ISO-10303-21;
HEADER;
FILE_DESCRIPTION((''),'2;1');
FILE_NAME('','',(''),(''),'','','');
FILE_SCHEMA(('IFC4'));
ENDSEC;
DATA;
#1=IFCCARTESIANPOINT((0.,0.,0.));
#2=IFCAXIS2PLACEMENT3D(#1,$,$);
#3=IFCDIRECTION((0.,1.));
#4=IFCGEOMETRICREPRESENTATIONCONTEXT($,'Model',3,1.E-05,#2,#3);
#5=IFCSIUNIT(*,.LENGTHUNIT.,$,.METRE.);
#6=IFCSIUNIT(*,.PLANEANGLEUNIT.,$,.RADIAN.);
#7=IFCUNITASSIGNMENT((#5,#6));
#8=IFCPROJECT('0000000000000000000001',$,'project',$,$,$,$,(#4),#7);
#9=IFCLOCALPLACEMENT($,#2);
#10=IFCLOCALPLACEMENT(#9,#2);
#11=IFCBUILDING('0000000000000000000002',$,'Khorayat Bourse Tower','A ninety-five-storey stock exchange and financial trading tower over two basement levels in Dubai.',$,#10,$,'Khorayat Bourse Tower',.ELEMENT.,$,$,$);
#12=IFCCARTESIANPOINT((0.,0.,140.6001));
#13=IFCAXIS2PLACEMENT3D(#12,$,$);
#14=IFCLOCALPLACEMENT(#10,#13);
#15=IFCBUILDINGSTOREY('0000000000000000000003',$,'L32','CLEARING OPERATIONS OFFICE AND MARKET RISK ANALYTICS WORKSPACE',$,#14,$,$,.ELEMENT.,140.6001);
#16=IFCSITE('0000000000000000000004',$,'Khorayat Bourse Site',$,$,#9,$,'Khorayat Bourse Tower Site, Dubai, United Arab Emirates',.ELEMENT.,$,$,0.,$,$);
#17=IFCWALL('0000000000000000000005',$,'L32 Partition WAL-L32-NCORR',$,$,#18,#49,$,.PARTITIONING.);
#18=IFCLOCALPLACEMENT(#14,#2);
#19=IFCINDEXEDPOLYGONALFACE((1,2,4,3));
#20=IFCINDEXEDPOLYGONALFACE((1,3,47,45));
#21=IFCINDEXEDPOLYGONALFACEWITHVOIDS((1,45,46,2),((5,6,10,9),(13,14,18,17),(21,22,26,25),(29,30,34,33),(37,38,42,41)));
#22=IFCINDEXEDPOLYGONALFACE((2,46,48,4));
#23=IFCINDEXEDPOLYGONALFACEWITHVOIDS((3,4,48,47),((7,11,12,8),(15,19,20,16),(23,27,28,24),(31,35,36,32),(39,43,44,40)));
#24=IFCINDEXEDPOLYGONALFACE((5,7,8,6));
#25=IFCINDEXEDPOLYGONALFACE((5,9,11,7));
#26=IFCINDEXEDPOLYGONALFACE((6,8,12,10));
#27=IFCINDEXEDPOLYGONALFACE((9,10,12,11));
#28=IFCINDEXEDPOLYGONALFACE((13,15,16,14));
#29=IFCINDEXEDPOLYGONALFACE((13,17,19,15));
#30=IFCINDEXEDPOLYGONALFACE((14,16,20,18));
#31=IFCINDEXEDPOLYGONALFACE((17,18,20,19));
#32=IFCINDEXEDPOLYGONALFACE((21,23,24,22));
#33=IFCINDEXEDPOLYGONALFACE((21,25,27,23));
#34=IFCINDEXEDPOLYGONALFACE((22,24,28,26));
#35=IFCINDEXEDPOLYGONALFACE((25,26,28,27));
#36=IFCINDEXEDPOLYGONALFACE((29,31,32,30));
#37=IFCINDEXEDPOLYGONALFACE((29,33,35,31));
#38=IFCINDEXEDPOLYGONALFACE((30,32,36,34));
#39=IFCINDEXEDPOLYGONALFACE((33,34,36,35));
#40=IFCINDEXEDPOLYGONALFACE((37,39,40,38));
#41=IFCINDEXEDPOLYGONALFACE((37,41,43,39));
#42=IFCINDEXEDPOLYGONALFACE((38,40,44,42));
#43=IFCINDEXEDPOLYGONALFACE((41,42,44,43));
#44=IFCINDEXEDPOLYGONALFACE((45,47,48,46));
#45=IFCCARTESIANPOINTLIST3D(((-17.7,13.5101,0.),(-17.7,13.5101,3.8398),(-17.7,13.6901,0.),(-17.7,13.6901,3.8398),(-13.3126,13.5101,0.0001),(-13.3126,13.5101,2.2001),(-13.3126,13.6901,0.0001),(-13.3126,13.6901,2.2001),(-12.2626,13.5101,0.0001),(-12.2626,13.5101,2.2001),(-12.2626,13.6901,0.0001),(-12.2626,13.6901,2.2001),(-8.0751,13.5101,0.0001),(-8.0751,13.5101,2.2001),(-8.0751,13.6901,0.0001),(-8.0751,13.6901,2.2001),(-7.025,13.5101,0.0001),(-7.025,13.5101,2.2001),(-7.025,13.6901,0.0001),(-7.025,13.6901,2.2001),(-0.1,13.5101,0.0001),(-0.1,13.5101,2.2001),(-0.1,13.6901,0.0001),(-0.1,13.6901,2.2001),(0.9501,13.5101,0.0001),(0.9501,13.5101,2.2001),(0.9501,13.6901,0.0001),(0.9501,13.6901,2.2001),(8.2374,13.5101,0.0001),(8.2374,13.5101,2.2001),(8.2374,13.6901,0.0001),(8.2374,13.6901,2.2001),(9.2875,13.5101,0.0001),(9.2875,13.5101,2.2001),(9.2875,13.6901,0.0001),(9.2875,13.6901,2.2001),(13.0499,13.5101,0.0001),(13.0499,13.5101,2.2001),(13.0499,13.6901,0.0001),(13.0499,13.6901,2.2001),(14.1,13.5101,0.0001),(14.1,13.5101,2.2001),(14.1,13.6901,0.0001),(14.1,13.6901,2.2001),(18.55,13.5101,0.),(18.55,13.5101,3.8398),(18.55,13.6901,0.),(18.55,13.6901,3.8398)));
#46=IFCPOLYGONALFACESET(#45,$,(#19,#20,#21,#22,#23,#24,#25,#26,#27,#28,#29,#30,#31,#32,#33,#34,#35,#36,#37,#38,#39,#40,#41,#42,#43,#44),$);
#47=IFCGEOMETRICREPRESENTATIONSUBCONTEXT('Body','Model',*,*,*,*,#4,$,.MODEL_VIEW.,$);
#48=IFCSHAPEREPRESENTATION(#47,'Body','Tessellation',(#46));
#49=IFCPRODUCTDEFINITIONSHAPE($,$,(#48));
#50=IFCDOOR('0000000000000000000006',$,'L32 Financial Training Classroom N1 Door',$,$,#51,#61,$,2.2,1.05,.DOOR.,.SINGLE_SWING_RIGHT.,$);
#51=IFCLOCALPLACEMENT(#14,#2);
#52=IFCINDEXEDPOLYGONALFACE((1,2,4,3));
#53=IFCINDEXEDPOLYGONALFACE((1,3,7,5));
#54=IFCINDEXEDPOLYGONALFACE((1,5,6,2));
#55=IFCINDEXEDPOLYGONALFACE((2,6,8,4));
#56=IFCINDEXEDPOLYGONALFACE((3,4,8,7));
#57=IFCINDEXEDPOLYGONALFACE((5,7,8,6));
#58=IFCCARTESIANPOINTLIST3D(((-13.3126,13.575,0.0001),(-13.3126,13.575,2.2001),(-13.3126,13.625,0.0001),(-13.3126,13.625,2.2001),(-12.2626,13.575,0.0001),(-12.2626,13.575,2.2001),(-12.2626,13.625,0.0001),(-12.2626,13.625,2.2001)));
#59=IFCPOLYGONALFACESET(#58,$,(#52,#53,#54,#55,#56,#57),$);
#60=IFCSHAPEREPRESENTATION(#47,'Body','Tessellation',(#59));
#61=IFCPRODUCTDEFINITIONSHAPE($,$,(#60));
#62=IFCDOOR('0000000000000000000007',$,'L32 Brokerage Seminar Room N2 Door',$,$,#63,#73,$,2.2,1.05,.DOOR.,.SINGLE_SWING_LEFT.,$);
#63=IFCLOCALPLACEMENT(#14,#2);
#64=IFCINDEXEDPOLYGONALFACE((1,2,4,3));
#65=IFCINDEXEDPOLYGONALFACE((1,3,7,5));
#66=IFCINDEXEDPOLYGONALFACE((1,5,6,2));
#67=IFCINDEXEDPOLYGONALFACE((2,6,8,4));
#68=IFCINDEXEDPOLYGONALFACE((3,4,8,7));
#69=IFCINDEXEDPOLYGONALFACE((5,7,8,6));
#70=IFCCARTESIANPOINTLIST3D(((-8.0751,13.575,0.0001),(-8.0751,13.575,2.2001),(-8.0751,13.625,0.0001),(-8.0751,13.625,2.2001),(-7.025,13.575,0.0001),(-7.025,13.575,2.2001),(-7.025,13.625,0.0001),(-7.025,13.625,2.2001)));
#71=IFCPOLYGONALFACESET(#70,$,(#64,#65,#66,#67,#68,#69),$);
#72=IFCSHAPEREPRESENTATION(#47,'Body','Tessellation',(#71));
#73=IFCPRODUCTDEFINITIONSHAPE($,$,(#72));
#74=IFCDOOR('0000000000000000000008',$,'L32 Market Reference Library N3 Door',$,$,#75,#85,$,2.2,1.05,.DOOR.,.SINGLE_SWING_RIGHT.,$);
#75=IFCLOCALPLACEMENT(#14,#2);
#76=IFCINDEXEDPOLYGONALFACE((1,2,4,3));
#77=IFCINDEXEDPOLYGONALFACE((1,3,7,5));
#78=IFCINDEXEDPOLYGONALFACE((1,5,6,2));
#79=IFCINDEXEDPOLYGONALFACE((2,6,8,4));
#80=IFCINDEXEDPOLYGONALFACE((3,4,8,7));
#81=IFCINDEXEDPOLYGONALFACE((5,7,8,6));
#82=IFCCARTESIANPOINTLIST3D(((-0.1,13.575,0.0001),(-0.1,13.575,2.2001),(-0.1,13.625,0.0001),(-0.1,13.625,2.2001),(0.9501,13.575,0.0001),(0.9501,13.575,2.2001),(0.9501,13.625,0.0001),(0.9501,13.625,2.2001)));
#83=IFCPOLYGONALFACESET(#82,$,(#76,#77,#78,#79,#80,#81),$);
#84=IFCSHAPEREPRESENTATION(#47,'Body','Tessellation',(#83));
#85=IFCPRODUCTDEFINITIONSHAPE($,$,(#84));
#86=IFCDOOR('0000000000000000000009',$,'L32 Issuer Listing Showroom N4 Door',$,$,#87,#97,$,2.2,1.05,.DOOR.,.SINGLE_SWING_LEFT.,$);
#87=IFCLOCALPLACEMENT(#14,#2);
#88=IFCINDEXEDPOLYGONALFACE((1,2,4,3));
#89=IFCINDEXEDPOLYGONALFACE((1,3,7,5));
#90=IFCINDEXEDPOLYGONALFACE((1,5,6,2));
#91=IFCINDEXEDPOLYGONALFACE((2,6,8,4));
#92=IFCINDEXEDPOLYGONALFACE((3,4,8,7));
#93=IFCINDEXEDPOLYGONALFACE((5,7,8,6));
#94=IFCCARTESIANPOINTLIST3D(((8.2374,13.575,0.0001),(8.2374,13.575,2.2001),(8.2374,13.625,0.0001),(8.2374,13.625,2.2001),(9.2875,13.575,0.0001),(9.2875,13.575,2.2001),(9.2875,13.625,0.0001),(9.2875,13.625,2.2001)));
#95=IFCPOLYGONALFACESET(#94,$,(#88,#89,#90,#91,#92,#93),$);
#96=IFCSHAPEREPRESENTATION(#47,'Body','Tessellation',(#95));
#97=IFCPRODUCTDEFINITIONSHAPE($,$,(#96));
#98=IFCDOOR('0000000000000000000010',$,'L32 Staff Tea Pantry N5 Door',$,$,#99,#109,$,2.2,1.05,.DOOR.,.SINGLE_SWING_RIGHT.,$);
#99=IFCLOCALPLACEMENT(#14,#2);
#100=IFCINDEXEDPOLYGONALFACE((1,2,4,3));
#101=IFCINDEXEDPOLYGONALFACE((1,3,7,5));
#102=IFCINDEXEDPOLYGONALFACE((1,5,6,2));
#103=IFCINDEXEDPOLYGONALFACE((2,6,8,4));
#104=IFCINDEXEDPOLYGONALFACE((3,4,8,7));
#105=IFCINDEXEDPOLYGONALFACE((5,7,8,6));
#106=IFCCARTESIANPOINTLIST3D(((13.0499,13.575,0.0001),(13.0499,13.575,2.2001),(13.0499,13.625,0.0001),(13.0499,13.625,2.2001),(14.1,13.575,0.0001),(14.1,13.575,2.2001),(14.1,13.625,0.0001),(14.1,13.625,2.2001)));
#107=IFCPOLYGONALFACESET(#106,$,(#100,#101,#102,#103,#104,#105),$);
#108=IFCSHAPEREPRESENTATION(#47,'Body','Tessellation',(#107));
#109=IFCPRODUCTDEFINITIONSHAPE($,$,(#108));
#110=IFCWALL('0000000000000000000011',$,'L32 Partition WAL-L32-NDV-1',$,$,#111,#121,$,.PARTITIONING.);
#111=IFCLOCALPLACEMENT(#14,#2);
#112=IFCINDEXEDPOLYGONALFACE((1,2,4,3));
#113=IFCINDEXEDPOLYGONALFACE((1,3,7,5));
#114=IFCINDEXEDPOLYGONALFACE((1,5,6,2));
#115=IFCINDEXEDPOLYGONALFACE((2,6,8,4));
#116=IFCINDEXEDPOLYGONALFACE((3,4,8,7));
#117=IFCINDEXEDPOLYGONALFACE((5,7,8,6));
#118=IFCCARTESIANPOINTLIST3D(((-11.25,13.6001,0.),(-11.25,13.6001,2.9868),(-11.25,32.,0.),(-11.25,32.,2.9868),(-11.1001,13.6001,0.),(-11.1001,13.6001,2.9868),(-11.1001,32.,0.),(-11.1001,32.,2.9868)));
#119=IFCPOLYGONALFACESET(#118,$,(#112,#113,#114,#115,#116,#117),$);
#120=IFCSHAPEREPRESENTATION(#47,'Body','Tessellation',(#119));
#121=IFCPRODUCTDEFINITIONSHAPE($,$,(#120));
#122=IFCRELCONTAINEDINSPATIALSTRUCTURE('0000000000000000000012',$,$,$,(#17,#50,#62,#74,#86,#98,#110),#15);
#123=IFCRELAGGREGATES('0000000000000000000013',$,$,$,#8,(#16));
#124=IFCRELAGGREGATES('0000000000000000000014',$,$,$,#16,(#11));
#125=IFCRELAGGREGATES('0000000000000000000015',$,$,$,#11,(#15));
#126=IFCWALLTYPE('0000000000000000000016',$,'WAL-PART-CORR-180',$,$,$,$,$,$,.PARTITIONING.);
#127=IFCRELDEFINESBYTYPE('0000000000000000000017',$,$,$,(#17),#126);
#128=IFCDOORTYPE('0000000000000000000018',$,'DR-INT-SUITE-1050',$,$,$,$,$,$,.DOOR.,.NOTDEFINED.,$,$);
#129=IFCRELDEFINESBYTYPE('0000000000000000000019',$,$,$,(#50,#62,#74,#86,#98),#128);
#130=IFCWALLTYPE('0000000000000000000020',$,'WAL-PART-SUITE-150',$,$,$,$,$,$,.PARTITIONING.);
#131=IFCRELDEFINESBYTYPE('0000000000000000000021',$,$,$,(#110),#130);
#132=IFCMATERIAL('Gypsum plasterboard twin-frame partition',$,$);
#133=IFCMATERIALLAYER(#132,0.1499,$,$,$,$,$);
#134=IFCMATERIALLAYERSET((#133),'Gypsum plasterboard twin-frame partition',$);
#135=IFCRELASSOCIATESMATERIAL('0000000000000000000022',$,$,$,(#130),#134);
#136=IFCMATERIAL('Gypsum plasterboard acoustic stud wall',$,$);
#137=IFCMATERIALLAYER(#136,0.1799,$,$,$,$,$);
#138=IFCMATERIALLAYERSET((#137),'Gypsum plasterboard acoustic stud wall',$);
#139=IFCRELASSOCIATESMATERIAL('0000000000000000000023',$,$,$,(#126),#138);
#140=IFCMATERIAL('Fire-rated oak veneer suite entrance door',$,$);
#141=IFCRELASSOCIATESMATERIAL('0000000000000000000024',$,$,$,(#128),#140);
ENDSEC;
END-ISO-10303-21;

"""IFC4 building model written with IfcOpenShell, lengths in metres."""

from ifc_helpers import new_model, si_unit, direction, frame, frame_2d, origin, place, context, subcontext, project, spatial, rectangle, extrude, source, transform, mapped, material, layer, layer_set, type_object, element, fill, save


model = new_model("IFC4")

# Units and contexts
model_context = context("Model", 3, precision=1e-05, world=origin(), true_north=direction((0.0, 1.0)))
body_context = subcontext(model_context, "Body", "Model", "MODEL_VIEW")
ifc_project = project(units=[si_unit("LENGTHUNIT", "METRE"), si_unit("PLANEANGLEUNIT", "RADIAN")], contexts=[model_context])

# Site, building, storey
site_placement = place(None, origin())
site = spatial("IfcSite", under=ifc_project, at=site_placement, Name="Khorayat Bourse Site", LongName="Khorayat Bourse Tower Site, Dubai, United Arab Emirates", CompositionType="ELEMENT", RefElevation=0.0)
building_placement = place(site_placement, origin())
building = spatial("IfcBuilding", under=site, at=building_placement, Name="Khorayat Bourse Tower", Description="A ninety-five-storey stock exchange and financial trading tower over two basement levels in Dubai.", LongName="Khorayat Bourse Tower", CompositionType="ELEMENT")
storey_placement = place(building_placement, frame((0.0, 0.0, 140.6001)))
storey = spatial("IfcBuildingStorey", under=building, at=storey_placement, Name="L32", Description="CLEARING OPERATIONS OFFICE AND MARKET RISK ANALYTICS WORKSPACE", CompositionType="ELEMENT", Elevation=140.6001)

# Shared definitions
ifc_material_1 = material(Name="Gypsum plasterboard twin-frame partition")
ifc_layer_1 = layer(ifc_material_1, 0.1499)
ifc_layer_set_1 = layer_set([ifc_layer_1], Name="Gypsum plasterboard twin-frame partition")
wall_type_1 = type_object("IfcWallType", Name="WAL-PART-SUITE-150", PredefinedType="PARTITIONING", material=ifc_layer_set_1)

# Wall, openings, doors
ifc_material_2 = material(Name="Gypsum plasterboard acoustic stud wall")
ifc_layer_2 = layer(ifc_material_2, 0.1799)
ifc_layer_set_2 = layer_set([ifc_layer_2], Name="Gypsum plasterboard acoustic stud wall")
wall_type_2 = type_object("IfcWallType", Name="WAL-PART-CORR-180", PredefinedType="PARTITIONING", material=ifc_layer_set_2)
shared_shape_1 = source(origin(), body_context, "Body", "SweptSolid", [
    extrude(rectangle(XDim=36.25, YDim=0.1799, at=frame_2d((18.125, 0.0))), origin(), (0.0, 0.0, 1.0), 3.8398),
])
wall_1_placement = place(storey_placement, frame((-17.7, 13.6001, 0.0), z_axis=(0.0, 0.0, 1.0), x_axis=(1.0, 0.0, 0.0)))
wall_1 = element("IfcWall", 1, at=wall_1_placement, inside=storey, type_object=wall_type_2, Name="L32 Partition WAL-L32-NCORR", PredefinedType="PARTITIONING", context=body_context, shape_type="MappedRepresentation", body=[
    mapped(shared_shape_1, transform((0.0, 0.0, 0.0), scale=1.0)),
])
shared_shape_2 = source(origin(), body_context, "Body", "SweptSolid", [
    extrude(rectangle(XDim=1.05, YDim=2.2, at=frame_2d((0.5249, 1.1001))), frame((0.0, 0.0999, 0.0), z_axis=(0.0, -1.0, 0.0), x_axis=(1.0, 0.0, 0.0)), (0.0, 0.0, 1.0), 0.2),
])
opening_1_placement = place(wall_1_placement, frame((4.3875, 0.0, 0.0)))
opening_1 = element("IfcOpeningElement", 2, at=opening_1_placement, cuts=wall_1, PredefinedType="OPENING", context=body_context, shape_type="MappedRepresentation", body=[
    mapped(shared_shape_2, transform((0.0, 0.0, 0.0), scale=1.0)),
])
opening_2_placement = place(wall_1_placement, frame((9.625, 0.0, 0.0)))
opening_2 = element("IfcOpeningElement", 3, at=opening_2_placement, cuts=wall_1, PredefinedType="OPENING", context=body_context, shape_type="MappedRepresentation", body=[
    mapped(shared_shape_2, transform((0.0, 0.0, 0.0), scale=1.0)),
])
opening_3_placement = place(wall_1_placement, frame((17.6001, 0.0, 0.0)))
opening_3 = element("IfcOpeningElement", 4, at=opening_3_placement, cuts=wall_1, PredefinedType="OPENING", context=body_context, shape_type="MappedRepresentation", body=[
    mapped(shared_shape_2, transform((0.0, 0.0, 0.0), scale=1.0)),
])
opening_4_placement = place(wall_1_placement, frame((25.9375, 0.0, 0.0)))
opening_4 = element("IfcOpeningElement", 5, at=opening_4_placement, cuts=wall_1, PredefinedType="OPENING", context=body_context, shape_type="MappedRepresentation", body=[
    mapped(shared_shape_2, transform((0.0, 0.0, 0.0), scale=1.0)),
])
opening_5_placement = place(wall_1_placement, frame((30.75, 0.0, 0.0)))
opening_5 = element("IfcOpeningElement", 6, at=opening_5_placement, cuts=wall_1, PredefinedType="OPENING", context=body_context, shape_type="MappedRepresentation", body=[
    mapped(shared_shape_2, transform((0.0, 0.0, 0.0), scale=1.0)),
])
ifc_material_3 = material(Name="Fire-rated oak veneer suite entrance door")
door_type_1 = type_object("IfcDoorType", Name="DR-INT-SUITE-1050", OperationType="NOTDEFINED", PredefinedType="DOOR", material=ifc_material_3)
shared_shape_3 = source(origin(), body_context, "Body", "SweptSolid", [
    extrude(rectangle(XDim=1.05, YDim=2.2, at=frame_2d((0.5249, 1.1001))), frame((0.0, 0.0249, 0.0), z_axis=(0.0, -1.0, 0.0), x_axis=(1.0, 0.0, 0.0)), (0.0, 0.0, 1.0), 0.05),
])
door_1_placement = place(opening_1_placement, origin())
door_1 = element("IfcDoor", 7, at=door_1_placement, inside=storey, type_object=door_type_1, Name="L32 Financial Training Classroom N1 Door", OperationType="SINGLE_SWING_RIGHT", OverallHeight=2.2, OverallWidth=1.05, PredefinedType="DOOR", context=body_context, shape_type="MappedRepresentation", body=[
    mapped(shared_shape_3, transform((0.0, 0.0, 0.0), scale=1.0)),
])
fill(opening_1, door_1)
door_2_placement = place(opening_2_placement, origin())
door_2 = element("IfcDoor", 8, at=door_2_placement, inside=storey, type_object=door_type_1, Name="L32 Brokerage Seminar Room N2 Door", OperationType="SINGLE_SWING_LEFT", OverallHeight=2.2, OverallWidth=1.05, PredefinedType="DOOR", context=body_context, shape_type="MappedRepresentation", body=[
    mapped(shared_shape_3, transform((0.0, 0.0, 0.0), scale=1.0)),
])
fill(opening_2, door_2)
door_3_placement = place(opening_3_placement, origin())
door_3 = element("IfcDoor", 9, at=door_3_placement, inside=storey, type_object=door_type_1, Name="L32 Market Reference Library N3 Door", OperationType="SINGLE_SWING_RIGHT", OverallHeight=2.2, OverallWidth=1.05, PredefinedType="DOOR", context=body_context, shape_type="MappedRepresentation", body=[
    mapped(shared_shape_3, transform((0.0, 0.0, 0.0), scale=1.0)),
])
fill(opening_3, door_3)
door_4_placement = place(opening_4_placement, origin())
door_4 = element("IfcDoor", 10, at=door_4_placement, inside=storey, type_object=door_type_1, Name="L32 Issuer Listing Showroom N4 Door", OperationType="SINGLE_SWING_LEFT", OverallHeight=2.2, OverallWidth=1.05, PredefinedType="DOOR", context=body_context, shape_type="MappedRepresentation", body=[
    mapped(shared_shape_3, transform((0.0, 0.0, 0.0), scale=1.0)),
])
fill(opening_4, door_4)
door_5_placement = place(opening_5_placement, origin())
door_5 = element("IfcDoor", 11, at=door_5_placement, inside=storey, type_object=door_type_1, Name="L32 Staff Tea Pantry N5 Door", OperationType="SINGLE_SWING_RIGHT", OverallHeight=2.2, OverallWidth=1.05, PredefinedType="DOOR", context=body_context, shape_type="MappedRepresentation", body=[
    mapped(shared_shape_3, transform((0.0, 0.0, 0.0), scale=1.0)),
])
fill(opening_5, door_5)

# Wall
shared_shape_4 = source(origin(), body_context, "Body", "SweptSolid", [
    extrude(rectangle(XDim=18.3999, YDim=0.1499, at=frame_2d((9.2, 0.0))), origin(), (0.0, 0.0, 1.0), 2.9868),
])
wall_2_placement = place(storey_placement, frame((-11.175, 13.6001, 0.0), z_axis=(0.0, 0.0, 1.0), x_axis=(0.0, 1.0, 0.0)))
element("IfcWall", 12, at=wall_2_placement, inside=storey, type_object=wall_type_1, Name="L32 Partition WAL-L32-NDV-1", PredefinedType="PARTITIONING", context=body_context, shape_type="MappedRepresentation", body=[
    mapped(shared_shape_4, transform((0.0, 0.0, 0.0), scale=1.0)),
])

save(model, "model.ifc")
